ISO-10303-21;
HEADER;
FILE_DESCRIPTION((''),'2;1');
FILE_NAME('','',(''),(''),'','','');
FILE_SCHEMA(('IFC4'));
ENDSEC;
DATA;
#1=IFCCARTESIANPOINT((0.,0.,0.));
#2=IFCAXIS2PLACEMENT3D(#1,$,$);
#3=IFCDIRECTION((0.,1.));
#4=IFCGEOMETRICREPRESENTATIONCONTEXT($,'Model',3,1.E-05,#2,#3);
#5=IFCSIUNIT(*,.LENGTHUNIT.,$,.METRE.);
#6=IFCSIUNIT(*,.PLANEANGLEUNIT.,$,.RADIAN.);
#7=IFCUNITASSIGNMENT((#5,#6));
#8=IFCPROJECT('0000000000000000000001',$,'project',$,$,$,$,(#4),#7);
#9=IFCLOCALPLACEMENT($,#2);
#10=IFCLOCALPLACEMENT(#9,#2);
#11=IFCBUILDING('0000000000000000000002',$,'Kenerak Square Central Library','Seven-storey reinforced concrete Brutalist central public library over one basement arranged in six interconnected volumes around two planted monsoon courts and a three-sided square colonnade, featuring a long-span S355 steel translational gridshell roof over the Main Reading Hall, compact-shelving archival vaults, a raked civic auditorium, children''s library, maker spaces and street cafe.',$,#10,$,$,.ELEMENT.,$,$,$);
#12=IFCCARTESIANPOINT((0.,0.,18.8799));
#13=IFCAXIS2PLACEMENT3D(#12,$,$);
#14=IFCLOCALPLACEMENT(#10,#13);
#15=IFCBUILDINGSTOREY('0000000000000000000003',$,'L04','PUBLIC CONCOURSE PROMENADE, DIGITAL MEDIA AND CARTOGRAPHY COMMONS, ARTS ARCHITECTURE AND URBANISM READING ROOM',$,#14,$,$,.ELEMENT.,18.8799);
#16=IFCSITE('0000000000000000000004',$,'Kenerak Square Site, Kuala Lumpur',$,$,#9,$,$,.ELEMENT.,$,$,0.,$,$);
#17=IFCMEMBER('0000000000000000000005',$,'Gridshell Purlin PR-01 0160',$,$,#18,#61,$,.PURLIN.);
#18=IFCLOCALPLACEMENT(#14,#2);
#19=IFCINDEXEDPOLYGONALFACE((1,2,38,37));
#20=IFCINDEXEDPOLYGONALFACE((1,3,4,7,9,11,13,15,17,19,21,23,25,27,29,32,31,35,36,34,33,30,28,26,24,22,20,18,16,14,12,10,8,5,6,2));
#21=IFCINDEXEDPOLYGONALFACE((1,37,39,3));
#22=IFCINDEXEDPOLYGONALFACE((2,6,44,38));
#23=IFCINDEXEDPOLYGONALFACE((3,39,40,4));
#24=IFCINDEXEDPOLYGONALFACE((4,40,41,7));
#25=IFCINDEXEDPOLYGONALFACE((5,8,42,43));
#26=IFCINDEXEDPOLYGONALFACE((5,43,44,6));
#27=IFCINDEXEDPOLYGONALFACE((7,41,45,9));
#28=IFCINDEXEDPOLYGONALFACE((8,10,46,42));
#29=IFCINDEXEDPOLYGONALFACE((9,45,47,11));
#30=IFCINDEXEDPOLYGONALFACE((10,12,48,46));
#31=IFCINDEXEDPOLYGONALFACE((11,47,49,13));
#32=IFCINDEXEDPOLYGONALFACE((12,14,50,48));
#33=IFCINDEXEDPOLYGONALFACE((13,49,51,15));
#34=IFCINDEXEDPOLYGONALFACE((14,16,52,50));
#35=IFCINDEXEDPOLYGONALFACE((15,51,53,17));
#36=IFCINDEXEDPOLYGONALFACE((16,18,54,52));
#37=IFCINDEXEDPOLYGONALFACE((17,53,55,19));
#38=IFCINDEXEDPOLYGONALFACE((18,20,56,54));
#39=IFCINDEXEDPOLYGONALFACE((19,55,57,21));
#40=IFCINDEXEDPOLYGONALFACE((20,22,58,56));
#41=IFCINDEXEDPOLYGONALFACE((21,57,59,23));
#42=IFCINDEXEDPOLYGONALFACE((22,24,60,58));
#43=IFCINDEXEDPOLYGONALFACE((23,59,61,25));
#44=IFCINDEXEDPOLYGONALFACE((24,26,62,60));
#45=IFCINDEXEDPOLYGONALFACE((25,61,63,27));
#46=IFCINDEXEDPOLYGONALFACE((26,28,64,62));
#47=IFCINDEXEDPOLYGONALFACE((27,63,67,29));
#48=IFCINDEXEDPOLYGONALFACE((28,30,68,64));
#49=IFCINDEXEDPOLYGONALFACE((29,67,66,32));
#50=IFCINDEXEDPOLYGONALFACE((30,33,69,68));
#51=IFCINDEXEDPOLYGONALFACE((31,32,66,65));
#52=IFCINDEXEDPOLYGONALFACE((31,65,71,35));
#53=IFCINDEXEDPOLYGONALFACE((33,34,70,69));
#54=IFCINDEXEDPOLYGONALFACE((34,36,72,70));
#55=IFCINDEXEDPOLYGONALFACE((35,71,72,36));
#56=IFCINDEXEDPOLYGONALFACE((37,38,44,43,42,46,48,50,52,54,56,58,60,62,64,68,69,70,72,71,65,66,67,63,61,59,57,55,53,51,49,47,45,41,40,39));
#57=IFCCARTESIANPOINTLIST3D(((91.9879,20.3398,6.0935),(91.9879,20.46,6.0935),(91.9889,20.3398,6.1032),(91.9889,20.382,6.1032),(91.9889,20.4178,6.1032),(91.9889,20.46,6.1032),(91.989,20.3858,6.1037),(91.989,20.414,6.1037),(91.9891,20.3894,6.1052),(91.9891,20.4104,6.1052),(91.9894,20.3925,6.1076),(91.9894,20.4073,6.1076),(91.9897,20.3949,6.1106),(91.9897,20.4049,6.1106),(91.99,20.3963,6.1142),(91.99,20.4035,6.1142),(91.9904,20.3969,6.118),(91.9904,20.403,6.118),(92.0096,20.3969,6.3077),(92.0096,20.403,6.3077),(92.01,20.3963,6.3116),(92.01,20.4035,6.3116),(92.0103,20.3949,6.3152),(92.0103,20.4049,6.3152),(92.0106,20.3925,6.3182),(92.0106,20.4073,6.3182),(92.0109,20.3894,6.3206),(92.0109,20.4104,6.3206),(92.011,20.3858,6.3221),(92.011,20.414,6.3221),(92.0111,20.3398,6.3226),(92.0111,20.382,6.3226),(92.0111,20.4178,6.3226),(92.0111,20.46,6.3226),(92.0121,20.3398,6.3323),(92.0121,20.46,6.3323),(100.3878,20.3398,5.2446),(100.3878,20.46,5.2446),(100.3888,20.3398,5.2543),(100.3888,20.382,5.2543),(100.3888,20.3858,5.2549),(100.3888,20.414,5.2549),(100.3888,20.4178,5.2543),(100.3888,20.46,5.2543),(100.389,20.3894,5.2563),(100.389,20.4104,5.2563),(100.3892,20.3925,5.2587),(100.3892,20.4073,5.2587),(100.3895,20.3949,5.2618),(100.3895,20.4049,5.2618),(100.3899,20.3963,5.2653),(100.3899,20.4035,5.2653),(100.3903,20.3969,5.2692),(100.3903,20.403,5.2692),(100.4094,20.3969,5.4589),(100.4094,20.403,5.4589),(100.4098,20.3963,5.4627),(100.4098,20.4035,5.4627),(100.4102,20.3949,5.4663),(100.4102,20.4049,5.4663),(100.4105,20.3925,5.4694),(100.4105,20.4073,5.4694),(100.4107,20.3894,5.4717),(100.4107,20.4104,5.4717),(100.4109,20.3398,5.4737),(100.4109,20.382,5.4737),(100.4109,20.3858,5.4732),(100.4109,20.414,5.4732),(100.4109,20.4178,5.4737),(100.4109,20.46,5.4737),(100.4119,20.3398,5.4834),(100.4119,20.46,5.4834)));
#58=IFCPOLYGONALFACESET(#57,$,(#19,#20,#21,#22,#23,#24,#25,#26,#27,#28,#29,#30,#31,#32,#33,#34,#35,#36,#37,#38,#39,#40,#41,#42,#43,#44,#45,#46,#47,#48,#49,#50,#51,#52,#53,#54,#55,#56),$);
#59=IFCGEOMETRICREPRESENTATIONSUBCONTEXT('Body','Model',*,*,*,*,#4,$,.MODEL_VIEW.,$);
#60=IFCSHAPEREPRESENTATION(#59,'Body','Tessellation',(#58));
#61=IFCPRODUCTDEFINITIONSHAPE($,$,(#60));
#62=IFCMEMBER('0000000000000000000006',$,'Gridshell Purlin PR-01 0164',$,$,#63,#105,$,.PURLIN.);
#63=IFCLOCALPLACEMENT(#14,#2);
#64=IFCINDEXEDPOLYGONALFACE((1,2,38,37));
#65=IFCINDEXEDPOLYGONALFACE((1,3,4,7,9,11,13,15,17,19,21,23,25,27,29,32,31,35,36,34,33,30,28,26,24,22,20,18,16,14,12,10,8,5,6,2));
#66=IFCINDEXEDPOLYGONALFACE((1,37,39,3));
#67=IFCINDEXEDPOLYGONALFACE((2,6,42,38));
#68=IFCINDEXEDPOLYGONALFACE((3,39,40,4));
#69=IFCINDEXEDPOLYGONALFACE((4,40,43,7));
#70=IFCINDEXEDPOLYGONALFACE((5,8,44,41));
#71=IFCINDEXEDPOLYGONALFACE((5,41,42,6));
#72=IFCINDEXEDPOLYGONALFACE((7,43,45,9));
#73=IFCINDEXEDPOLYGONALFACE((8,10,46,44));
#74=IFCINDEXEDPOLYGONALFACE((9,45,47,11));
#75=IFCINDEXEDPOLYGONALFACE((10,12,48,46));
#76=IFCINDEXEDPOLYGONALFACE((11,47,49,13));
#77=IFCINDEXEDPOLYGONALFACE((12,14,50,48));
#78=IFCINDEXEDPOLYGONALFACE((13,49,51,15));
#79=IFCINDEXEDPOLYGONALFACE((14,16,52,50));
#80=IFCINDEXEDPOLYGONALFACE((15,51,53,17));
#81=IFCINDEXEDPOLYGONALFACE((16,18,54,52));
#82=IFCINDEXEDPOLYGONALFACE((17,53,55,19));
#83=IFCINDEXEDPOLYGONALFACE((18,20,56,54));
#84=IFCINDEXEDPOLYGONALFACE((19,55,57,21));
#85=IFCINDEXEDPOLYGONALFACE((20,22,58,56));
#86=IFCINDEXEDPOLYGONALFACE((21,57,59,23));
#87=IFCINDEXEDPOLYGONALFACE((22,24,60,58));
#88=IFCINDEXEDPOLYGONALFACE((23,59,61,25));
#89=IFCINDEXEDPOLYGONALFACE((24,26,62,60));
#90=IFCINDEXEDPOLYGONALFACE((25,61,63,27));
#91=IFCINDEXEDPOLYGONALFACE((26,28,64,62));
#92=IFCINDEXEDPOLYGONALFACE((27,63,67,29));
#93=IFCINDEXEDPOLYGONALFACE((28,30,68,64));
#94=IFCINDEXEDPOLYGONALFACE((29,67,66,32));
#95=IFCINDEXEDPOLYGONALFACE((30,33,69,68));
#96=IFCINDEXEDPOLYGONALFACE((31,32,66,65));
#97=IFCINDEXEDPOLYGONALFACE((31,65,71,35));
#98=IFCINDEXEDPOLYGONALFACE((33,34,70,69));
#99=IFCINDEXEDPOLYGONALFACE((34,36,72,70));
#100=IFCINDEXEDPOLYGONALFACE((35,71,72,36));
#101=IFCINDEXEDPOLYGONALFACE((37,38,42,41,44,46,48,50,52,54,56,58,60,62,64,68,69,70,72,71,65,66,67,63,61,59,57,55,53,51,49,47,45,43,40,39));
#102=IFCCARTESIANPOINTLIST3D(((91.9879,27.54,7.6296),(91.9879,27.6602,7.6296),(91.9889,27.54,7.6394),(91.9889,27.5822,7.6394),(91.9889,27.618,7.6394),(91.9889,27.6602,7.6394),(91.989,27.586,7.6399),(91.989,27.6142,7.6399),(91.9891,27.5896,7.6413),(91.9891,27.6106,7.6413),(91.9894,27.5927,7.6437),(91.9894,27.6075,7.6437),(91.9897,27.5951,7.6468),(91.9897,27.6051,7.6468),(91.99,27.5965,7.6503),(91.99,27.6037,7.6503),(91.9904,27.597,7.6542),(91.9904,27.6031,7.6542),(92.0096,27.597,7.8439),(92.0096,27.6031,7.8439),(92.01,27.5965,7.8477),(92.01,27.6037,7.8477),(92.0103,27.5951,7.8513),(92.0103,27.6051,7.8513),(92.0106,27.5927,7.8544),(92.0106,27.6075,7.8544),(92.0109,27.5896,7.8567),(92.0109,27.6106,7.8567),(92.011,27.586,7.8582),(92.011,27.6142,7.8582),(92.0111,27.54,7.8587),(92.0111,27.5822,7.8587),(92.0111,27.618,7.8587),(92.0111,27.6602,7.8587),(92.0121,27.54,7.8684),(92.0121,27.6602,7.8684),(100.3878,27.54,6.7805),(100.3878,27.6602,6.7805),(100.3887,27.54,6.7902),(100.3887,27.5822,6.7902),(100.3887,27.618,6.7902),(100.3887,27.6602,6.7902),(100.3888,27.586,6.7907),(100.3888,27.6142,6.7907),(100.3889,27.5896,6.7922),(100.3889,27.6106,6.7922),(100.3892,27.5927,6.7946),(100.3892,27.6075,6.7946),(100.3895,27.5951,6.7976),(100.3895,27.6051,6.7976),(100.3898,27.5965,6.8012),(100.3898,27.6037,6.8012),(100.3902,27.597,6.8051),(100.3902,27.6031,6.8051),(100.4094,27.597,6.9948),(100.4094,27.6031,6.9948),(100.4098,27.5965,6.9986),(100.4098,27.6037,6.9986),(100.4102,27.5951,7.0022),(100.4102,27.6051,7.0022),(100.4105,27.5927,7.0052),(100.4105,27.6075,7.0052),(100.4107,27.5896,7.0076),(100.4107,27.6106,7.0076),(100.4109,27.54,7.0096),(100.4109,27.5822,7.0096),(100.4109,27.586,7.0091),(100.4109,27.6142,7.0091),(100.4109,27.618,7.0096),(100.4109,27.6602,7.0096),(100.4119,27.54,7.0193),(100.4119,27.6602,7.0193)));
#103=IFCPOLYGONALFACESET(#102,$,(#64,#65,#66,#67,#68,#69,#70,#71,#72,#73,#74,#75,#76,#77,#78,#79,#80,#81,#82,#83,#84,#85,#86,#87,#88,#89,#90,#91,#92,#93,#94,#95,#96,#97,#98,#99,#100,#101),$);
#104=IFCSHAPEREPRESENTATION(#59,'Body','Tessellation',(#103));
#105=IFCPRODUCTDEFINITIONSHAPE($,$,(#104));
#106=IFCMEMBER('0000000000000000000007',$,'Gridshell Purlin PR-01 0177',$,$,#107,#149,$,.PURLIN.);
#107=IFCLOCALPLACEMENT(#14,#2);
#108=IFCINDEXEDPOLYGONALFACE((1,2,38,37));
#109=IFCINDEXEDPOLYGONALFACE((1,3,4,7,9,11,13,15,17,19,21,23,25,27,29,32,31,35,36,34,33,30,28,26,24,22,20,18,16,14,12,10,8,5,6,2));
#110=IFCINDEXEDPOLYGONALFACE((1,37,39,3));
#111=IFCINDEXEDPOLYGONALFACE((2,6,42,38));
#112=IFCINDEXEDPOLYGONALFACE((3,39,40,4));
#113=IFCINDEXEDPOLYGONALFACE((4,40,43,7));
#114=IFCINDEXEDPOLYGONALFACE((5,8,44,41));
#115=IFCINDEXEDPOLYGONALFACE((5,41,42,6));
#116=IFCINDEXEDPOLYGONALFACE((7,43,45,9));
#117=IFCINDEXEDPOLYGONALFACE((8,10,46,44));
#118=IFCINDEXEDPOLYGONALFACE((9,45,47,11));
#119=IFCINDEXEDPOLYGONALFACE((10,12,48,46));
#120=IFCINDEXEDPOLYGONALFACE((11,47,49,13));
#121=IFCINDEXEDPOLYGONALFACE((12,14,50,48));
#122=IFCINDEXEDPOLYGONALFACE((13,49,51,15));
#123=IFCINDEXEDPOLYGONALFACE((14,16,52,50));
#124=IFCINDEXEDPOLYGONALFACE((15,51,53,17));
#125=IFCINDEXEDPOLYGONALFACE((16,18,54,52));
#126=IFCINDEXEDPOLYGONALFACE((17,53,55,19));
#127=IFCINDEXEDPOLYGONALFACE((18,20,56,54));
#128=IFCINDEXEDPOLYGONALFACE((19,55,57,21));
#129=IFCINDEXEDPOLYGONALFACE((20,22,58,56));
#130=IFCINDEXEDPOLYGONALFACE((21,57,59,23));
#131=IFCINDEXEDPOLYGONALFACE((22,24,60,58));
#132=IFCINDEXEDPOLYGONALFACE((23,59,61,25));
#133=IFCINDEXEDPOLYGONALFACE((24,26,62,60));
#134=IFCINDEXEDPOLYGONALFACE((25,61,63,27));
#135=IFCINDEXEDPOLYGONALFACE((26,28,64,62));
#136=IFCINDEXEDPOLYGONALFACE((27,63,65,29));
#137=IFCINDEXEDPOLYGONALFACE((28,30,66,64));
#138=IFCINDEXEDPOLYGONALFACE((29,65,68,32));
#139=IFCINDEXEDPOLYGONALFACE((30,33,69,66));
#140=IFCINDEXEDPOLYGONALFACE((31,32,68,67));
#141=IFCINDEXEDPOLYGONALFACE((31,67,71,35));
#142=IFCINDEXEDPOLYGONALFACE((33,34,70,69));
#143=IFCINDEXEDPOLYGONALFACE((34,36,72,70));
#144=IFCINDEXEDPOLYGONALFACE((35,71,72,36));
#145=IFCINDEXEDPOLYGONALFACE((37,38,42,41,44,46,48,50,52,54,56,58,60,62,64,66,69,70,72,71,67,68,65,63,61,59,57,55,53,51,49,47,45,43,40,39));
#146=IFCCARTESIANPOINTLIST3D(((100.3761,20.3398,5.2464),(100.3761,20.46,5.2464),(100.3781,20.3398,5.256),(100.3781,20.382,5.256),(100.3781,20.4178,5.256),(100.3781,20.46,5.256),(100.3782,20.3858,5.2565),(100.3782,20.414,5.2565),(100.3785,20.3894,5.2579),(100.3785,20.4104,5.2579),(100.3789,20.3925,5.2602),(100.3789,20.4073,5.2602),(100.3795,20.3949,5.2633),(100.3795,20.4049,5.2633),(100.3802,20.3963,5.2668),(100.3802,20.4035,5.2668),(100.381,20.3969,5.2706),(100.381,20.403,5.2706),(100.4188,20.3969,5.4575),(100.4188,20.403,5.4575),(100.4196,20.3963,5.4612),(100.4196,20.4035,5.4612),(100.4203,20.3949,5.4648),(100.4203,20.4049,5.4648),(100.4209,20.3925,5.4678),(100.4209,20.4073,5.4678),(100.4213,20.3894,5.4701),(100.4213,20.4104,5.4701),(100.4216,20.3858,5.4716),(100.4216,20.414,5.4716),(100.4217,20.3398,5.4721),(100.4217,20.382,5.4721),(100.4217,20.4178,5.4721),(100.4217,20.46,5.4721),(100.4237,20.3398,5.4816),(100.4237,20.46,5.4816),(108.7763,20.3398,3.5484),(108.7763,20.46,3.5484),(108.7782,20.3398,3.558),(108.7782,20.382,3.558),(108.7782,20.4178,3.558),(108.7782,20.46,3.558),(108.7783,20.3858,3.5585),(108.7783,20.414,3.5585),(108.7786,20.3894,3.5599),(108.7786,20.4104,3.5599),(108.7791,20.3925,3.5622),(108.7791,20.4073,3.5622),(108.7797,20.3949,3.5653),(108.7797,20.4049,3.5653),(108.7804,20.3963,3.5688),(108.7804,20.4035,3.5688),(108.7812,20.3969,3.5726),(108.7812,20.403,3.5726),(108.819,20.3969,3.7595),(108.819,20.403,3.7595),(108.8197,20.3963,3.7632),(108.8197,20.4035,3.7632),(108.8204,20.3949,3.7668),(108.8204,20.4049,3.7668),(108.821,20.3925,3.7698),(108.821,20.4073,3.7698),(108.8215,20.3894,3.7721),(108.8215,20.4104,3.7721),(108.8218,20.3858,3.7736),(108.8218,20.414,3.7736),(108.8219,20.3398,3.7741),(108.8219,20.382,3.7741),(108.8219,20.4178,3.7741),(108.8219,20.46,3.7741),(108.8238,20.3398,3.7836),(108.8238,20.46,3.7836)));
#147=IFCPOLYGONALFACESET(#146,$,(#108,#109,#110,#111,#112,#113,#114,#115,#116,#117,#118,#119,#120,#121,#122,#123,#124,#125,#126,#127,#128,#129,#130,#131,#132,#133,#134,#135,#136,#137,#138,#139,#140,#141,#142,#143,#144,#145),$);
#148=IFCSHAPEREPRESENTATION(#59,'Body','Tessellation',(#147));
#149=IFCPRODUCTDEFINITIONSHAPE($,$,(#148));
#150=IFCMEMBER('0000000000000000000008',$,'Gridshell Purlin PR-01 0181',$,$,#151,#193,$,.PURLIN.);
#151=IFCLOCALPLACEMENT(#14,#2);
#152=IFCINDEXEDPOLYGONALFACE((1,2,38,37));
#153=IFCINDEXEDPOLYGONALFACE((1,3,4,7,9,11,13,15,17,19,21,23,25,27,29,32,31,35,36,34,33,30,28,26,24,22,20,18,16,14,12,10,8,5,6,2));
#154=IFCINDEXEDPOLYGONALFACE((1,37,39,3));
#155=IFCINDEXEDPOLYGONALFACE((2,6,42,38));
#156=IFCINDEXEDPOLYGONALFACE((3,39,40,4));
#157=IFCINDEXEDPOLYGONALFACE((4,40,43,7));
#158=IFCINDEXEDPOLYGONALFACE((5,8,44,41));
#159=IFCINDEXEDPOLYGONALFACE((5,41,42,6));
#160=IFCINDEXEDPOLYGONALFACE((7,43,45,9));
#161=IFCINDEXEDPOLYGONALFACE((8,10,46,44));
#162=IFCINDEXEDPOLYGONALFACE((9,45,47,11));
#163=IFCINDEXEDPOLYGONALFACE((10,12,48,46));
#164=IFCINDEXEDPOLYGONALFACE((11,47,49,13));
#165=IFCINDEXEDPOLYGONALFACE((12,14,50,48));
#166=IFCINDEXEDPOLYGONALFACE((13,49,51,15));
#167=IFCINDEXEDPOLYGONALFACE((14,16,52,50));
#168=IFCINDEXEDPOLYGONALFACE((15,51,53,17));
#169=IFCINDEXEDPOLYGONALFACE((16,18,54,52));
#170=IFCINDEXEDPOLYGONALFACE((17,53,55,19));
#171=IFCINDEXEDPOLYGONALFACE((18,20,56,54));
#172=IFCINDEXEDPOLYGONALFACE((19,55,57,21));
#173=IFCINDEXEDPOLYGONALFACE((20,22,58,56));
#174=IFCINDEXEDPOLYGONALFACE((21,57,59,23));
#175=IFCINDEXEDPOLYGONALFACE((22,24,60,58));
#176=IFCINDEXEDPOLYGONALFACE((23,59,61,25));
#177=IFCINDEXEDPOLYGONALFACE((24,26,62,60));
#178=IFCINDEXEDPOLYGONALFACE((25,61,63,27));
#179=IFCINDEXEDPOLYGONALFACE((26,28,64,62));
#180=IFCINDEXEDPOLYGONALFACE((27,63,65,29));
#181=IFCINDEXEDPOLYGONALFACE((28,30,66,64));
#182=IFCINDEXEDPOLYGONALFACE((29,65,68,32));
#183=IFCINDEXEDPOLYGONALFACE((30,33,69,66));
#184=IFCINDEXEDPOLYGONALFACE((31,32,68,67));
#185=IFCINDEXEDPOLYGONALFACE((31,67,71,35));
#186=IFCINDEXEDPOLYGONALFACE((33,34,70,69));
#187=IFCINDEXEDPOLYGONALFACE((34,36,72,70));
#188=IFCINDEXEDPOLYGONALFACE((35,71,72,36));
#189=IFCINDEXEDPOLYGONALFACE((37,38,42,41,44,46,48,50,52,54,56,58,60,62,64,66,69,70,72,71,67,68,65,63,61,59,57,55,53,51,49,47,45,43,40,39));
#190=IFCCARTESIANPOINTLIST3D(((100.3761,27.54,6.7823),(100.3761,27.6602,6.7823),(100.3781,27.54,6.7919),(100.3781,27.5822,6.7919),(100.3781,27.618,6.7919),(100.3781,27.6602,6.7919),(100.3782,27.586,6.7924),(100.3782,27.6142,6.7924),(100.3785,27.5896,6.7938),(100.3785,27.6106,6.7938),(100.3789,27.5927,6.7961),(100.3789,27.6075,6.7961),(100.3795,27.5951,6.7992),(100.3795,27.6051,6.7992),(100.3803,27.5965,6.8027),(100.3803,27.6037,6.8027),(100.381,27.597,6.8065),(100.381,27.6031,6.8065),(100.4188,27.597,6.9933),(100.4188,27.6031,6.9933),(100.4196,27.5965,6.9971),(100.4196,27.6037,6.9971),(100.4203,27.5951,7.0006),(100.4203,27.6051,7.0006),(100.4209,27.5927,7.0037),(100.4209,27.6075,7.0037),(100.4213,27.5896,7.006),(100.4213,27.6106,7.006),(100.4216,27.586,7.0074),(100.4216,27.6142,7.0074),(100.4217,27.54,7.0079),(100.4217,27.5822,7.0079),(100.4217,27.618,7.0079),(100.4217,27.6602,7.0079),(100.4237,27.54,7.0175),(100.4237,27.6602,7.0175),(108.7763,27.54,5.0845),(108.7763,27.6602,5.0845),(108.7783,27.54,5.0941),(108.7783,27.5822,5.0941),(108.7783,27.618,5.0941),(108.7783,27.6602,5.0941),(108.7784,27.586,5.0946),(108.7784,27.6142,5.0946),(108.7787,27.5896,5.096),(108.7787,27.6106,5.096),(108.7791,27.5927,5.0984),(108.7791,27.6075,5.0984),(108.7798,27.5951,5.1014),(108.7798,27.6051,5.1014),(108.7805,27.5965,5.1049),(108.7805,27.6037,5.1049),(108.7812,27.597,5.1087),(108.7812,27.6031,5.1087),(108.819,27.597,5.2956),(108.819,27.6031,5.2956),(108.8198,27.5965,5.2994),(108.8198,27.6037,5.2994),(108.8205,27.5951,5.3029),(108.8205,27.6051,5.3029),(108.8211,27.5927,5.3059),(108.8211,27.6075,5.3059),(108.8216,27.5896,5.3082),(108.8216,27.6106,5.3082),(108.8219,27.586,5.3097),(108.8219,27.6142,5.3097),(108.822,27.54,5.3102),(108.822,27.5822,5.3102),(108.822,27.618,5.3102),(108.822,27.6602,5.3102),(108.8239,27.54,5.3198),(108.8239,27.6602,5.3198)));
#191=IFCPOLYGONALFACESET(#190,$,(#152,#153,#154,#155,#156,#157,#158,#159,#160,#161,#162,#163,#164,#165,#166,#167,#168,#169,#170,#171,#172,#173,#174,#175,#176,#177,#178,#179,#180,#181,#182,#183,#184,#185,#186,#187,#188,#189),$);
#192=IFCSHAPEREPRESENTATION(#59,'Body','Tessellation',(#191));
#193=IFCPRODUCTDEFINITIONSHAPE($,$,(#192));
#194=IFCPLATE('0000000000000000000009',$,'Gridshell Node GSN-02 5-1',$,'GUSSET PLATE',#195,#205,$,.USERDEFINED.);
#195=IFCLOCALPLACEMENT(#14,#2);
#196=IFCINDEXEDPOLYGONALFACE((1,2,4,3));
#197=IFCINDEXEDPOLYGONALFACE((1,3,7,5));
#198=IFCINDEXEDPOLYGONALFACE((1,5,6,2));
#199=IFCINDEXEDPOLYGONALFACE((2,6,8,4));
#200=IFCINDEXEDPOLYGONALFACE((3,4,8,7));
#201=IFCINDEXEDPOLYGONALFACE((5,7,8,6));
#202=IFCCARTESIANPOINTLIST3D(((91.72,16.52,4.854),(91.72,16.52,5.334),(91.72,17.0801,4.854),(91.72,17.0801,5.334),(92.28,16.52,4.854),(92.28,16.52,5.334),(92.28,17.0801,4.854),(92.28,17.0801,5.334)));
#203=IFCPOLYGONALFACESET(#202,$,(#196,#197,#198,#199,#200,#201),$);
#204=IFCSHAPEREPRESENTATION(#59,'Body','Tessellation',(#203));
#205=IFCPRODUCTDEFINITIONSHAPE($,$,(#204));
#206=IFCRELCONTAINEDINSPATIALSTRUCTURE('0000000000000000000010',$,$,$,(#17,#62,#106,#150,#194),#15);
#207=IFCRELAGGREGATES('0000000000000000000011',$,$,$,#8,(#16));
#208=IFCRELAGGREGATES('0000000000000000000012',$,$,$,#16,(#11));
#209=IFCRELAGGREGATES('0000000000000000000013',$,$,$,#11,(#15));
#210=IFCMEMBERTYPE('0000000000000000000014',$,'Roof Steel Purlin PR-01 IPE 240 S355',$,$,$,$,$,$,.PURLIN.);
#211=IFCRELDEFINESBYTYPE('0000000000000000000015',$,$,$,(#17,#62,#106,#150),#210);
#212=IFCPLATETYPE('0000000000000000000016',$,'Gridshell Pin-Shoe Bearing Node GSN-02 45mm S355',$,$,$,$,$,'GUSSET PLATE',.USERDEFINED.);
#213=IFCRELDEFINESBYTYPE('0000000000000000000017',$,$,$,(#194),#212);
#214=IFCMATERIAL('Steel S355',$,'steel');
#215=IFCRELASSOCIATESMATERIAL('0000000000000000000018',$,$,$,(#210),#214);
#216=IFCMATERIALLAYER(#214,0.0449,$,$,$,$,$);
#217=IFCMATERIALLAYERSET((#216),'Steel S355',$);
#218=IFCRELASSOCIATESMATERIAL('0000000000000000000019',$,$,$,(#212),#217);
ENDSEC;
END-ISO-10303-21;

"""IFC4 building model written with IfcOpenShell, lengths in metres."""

from ifc_helpers import new_model, si_unit, direction, frame, origin, origin_2d, place, context, subcontext, project, spatial, rectangle, i_section, extrude, material, layer, layer_set, material_profile, profile_set, type_object, element, save


model = new_model("IFC4")

# Units and contexts
model_context = context("Model", 3, precision=1e-05, world=origin(), true_north=direction((0.0, 1.0)))
body_context = subcontext(model_context, "Body", "Model", "MODEL_VIEW")
ifc_project = project(units=[si_unit("LENGTHUNIT", "METRE"), si_unit("PLANEANGLEUNIT", "RADIAN")], contexts=[model_context])

# Site, building, storey
site_placement = place(None, origin())
site = spatial("IfcSite", under=ifc_project, at=site_placement, Name="Kenerak Square Site, Kuala Lumpur", CompositionType="ELEMENT", RefElevation=0.0)
building_placement = place(site_placement, origin())
building = spatial("IfcBuilding", under=site, at=building_placement, Name="Kenerak Square Central Library", Description="Seven-storey reinforced concrete Brutalist central public library over one basement arranged in six interconnected volumes around two planted monsoon courts and a three-sided square colonnade, featuring a long-span S355 steel translational gridshell roof over the Main Reading Hall, compact-shelving archival vaults, a raked civic auditorium, children's library, maker spaces and street cafe.", CompositionType="ELEMENT")
storey_placement = place(building_placement, frame((0.0, 0.0, 18.8799)))
storey = spatial("IfcBuildingStorey", under=building, at=storey_placement, Name="L04", Description="PUBLIC CONCOURSE PROMENADE, DIGITAL MEDIA AND CARTOGRAPHY COMMONS, ARTS ARCHITECTURE AND URBANISM READING ROOM", CompositionType="ELEMENT", Elevation=18.8799)

# Members
ifc_material = material(Name="Steel S355", Category="steel")
ifc_material_profile_1 = material_profile(ifc_material, i_section(OverallWidth=0.1201, OverallDepth=0.24, WebThickness=0.0061, FlangeThickness=0.0098, FilletRadius=0.0149, at=origin_2d()), Name="IPE 240")
ifc_profile_set_1 = profile_set([ifc_material_profile_1], Name="Steel S355")
member_type_1 = type_object("IfcMemberType", Name="Roof Steel Purlin PR-01 IPE 240 S355", PredefinedType="PURLIN", material=ifc_profile_set_1)
for number, where, z_axis, x_axis, name in (
    (1, (92.0, 20.3999, 6.2129), (0.994932, 0.0, -0.100546), (0.0, 1.0, 0.0), "Gridshell Purlin PR-01 0160"),
    (2, (92.0, 27.6001, 7.749), (0.99493, 0.0, -0.100574), (0.0, 1.0, 0.0), "Gridshell Purlin PR-01 0164"),
):
    element("IfcMember", number, at=place(storey_placement, frame(where, z_axis=z_axis, x_axis=x_axis)), inside=storey, type_object=member_type_1, Name=name, PredefinedType="PURLIN", context=body_context, shape_type="SweptSolid", body=[
        extrude(i_section(OverallWidth=0.1201, OverallDepth=0.24, WebThickness=0.0061, FlangeThickness=0.0098, FilletRadius=0.0149, at=origin_2d()), origin(), (0.0, 0.0, 1.0), 8.4426),
    ])
for number, where, z_axis, x_axis, name in (
    (3, (100.3999, 20.3999, 5.364), (0.980175, 0.0, -0.198132), (0.0, 1.0, 0.0), "Gridshell Purlin PR-01 0177"),
    (4, (100.3999, 27.6001, 6.8999), (0.980181, 0.0, -0.198104), (0.0, 1.0, 0.0), "Gridshell Purlin PR-01 0181"),
):
    element("IfcMember", number, at=place(storey_placement, frame(where, z_axis=z_axis, x_axis=x_axis)), inside=storey, type_object=member_type_1, Name=name, PredefinedType="PURLIN", context=body_context, shape_type="SweptSolid", body=[
        extrude(i_section(OverallWidth=0.1201, OverallDepth=0.24, WebThickness=0.0061, FlangeThickness=0.0098, FilletRadius=0.0149, at=origin_2d()), origin(), (0.0, 0.0, 1.0), 8.5701),
    ])

# Plate
ifc_layer_1 = layer(ifc_material, 0.0449)
ifc_layer_set_1 = layer_set([ifc_layer_1], Name="Steel S355")
plate_type_1 = type_object("IfcPlateType", Name="Gridshell Pin-Shoe Bearing Node GSN-02 45mm S355", ElementType="GUSSET PLATE", PredefinedType="USERDEFINED", material=ifc_layer_set_1)
for number, where, z_axis, x_axis, name in (
    (5, (92.0, 16.8, 4.854), (0.0, 0.0, 1.0), (1.0, 0.0, 0.0), "Gridshell Node GSN-02 5-1"),
):
    element("IfcPlate", number, at=place(storey_placement, frame(where, z_axis=z_axis, x_axis=x_axis)), inside=storey, type_object=plate_type_1, Name=name, ObjectType="GUSSET PLATE", PredefinedType="USERDEFINED", context=body_context, shape_type="SweptSolid", body=[
        extrude(rectangle(XDim=0.5601, YDim=0.5601, at=origin_2d()), origin(), (0.0, 0.0, 1.0), 0.48),
    ])

save(model, "model.ifc")
